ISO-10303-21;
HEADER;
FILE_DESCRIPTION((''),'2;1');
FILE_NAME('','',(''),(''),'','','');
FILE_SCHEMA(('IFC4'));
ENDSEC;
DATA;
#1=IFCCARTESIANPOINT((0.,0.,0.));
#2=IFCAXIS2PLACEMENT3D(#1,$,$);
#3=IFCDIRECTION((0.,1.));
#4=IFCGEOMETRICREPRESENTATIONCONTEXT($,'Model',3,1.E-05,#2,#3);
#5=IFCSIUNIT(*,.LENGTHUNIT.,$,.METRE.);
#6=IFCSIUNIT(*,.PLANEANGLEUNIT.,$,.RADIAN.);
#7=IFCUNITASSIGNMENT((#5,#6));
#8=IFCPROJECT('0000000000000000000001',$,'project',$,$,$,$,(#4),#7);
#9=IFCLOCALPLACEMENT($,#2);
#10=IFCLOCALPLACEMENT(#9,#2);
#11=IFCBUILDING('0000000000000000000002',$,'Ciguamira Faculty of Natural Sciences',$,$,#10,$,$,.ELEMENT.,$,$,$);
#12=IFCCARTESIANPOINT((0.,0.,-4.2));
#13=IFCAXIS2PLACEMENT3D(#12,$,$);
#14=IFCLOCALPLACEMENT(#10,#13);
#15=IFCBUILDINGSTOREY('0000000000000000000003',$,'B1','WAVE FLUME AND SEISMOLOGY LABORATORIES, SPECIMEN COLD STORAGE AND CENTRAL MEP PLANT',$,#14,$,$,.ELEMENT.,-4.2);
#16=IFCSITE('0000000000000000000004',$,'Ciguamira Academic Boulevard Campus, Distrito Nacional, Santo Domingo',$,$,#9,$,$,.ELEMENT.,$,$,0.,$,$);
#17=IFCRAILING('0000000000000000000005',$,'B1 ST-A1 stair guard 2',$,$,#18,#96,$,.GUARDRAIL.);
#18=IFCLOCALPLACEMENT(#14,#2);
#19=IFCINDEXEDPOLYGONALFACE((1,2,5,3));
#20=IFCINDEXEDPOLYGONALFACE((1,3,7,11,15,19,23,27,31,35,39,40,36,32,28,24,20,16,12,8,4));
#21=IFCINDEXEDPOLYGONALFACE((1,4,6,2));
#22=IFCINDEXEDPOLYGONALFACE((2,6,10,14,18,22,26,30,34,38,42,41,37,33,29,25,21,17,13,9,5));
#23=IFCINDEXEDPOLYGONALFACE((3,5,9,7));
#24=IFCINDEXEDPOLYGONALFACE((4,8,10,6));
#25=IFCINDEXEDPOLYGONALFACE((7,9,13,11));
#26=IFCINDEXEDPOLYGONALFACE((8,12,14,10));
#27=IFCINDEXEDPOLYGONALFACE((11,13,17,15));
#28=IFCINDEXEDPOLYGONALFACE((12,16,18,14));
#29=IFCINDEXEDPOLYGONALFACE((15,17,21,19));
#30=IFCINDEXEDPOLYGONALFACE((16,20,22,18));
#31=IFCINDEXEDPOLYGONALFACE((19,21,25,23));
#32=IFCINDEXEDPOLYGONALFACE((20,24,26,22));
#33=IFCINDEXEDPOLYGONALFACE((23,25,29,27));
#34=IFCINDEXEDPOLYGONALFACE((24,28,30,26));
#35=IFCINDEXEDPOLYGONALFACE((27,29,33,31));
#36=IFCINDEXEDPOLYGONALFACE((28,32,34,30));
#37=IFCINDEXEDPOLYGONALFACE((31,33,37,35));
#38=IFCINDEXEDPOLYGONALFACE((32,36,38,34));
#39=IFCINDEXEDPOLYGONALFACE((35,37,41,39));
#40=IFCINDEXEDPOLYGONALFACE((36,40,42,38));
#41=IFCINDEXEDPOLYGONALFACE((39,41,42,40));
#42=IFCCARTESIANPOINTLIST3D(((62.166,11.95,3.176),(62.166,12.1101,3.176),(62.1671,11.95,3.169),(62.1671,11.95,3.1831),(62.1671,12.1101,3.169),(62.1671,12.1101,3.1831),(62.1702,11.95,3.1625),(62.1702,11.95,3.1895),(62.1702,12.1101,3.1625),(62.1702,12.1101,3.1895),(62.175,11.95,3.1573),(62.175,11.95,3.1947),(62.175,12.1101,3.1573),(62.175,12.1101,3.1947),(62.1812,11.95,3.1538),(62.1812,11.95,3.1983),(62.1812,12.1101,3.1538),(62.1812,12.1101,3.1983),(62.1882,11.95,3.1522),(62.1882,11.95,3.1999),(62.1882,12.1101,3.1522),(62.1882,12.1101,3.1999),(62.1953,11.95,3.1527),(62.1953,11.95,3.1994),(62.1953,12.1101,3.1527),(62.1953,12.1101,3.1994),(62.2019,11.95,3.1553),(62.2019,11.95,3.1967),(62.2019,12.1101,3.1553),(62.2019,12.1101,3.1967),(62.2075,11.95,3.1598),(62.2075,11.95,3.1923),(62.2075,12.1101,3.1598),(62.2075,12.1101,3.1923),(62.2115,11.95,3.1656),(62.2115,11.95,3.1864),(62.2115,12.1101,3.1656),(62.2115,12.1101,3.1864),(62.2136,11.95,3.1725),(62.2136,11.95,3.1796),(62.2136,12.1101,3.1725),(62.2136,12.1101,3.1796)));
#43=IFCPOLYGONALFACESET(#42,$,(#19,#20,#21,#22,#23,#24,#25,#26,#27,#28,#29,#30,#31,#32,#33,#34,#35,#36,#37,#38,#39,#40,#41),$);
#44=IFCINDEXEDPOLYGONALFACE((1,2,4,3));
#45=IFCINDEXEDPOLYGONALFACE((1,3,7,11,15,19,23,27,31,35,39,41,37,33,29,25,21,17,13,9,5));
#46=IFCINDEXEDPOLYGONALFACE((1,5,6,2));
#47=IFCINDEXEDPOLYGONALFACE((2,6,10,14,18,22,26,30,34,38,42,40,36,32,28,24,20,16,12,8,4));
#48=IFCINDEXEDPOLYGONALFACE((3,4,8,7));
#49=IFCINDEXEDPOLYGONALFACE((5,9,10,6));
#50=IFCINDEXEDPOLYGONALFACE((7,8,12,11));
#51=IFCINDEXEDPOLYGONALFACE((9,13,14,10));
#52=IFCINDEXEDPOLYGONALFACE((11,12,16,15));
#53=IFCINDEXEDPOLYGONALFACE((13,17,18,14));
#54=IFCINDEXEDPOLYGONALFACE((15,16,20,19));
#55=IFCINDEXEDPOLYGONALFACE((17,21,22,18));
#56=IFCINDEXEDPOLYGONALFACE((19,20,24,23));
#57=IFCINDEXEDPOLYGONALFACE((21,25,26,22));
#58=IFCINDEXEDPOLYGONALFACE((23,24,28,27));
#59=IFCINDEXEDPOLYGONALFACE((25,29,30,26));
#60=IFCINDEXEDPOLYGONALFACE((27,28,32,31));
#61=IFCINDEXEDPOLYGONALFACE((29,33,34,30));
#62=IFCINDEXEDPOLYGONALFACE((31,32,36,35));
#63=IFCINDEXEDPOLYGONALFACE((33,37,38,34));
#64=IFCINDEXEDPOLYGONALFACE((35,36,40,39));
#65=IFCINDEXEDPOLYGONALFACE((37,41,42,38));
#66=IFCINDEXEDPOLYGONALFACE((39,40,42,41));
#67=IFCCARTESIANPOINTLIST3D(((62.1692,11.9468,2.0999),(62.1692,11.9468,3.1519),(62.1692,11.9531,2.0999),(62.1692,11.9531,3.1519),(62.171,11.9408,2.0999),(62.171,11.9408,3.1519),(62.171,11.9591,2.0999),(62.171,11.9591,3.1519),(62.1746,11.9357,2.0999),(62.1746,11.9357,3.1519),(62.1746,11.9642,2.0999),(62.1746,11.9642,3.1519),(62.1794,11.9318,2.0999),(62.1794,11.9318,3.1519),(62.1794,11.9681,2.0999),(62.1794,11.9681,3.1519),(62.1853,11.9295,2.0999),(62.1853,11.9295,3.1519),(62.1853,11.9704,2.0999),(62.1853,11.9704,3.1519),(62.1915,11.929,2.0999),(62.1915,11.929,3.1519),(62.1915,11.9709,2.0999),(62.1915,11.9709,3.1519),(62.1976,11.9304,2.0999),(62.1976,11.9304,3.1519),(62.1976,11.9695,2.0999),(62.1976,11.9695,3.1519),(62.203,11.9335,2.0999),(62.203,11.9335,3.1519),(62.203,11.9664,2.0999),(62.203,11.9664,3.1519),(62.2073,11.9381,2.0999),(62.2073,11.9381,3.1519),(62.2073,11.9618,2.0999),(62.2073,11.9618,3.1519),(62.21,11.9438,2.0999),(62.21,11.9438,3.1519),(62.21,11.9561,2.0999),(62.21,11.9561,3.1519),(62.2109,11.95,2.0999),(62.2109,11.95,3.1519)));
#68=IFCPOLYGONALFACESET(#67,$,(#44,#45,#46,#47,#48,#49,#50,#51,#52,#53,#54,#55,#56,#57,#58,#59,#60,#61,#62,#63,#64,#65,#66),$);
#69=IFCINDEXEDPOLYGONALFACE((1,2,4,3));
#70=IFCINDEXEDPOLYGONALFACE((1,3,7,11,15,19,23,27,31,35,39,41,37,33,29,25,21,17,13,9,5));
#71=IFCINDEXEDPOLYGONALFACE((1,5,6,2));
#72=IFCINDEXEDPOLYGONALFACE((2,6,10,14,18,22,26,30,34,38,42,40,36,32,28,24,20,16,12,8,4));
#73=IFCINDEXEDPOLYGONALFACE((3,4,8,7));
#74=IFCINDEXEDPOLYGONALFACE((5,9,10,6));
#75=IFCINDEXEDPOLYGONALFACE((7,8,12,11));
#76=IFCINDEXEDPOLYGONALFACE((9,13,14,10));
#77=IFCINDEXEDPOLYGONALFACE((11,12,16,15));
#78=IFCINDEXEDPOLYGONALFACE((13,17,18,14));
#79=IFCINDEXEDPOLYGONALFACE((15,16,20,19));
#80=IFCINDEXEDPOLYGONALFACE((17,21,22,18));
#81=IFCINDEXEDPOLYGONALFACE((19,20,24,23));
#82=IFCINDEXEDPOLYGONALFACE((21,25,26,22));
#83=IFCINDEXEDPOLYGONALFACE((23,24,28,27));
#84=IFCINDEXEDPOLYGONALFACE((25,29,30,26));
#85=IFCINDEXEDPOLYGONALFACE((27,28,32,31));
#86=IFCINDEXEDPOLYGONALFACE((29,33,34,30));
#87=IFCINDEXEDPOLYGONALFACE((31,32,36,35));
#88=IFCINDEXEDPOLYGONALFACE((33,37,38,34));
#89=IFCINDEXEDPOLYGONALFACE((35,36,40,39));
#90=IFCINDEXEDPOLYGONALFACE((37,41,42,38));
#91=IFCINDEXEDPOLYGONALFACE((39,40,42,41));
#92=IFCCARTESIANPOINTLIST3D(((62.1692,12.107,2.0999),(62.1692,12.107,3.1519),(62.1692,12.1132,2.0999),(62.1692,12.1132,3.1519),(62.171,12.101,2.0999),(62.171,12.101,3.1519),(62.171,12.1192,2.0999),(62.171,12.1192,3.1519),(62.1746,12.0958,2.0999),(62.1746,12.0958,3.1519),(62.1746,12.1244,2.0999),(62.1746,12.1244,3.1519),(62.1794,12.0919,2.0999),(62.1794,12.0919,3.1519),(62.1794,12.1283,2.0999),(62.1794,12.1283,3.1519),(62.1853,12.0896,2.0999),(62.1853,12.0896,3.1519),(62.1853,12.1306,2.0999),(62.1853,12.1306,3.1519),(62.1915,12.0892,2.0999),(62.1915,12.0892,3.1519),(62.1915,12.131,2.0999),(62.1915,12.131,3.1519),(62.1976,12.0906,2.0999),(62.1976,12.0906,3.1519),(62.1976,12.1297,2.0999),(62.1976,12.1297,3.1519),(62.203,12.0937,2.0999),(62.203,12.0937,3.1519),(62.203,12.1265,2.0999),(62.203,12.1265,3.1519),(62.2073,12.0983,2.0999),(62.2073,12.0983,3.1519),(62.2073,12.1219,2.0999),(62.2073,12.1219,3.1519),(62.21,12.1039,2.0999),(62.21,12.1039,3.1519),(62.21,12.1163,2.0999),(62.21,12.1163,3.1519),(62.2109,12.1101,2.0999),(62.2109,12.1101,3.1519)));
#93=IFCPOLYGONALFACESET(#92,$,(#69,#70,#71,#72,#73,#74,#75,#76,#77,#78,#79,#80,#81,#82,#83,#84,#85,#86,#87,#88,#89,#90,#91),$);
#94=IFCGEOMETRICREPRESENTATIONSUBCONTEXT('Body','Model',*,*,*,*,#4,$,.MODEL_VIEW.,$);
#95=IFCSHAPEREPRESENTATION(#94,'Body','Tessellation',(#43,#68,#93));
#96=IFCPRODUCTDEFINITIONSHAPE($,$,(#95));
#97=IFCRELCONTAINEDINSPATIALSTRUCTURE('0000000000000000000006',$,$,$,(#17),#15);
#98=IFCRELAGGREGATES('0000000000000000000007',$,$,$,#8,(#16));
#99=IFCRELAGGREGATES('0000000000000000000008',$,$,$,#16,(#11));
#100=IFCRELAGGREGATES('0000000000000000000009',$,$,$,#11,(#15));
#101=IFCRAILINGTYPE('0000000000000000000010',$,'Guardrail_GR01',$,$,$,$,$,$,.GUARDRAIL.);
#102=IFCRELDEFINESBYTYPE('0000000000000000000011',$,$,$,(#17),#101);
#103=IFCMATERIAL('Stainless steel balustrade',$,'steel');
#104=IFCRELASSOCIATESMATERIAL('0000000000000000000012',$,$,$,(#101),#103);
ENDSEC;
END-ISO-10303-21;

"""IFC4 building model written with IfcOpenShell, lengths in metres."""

from ifc_helpers import new_model, si_unit, direction, frame, origin, origin_2d, place, context, subcontext, project, spatial, circle, extrude, material, type_object, element, save


model = new_model("IFC4")

# Units and contexts
model_context = context("Model", 3, precision=1e-05, world=origin(), true_north=direction((0.0, 1.0)))
body_context = subcontext(model_context, "Body", "Model", "MODEL_VIEW")
ifc_project = project(units=[si_unit("LENGTHUNIT", "METRE"), si_unit("PLANEANGLEUNIT", "RADIAN")], contexts=[model_context])

# Site, building, storey
site_placement = place(None, origin())
site = spatial("IfcSite", under=ifc_project, at=site_placement, Name="Ciguamira Academic Boulevard Campus, Distrito Nacional, Santo Domingo", CompositionType="ELEMENT", RefElevation=0.0)
building_placement = place(site_placement, origin())
building = spatial("IfcBuilding", under=site, at=building_placement, Name="Ciguamira Faculty of Natural Sciences", CompositionType="ELEMENT")
storey_placement = place(building_placement, frame((0.0, 0.0, -4.2)))
storey = spatial("IfcBuildingStorey", under=building, at=storey_placement, Name="B1", Description="WAVE FLUME AND SEISMOLOGY LABORATORIES, SPECIMEN COLD STORAGE AND CENTRAL MEP PLANT", CompositionType="ELEMENT", Elevation=-4.2)

# Railing
ifc_material_1 = material(Name="Stainless steel balustrade", Category="steel")
railing_type_1 = type_object("IfcRailingType", Name="Guardrail_GR01", PredefinedType="GUARDRAIL", material=ifc_material_1)
railing_1_placement = place(storey_placement, frame((62.1899, 11.95, 2.0999)))
element("IfcRailing", 1, at=railing_1_placement, inside=storey, type_object=railing_type_1, Name="B1 ST-A1 stair guard 2", PredefinedType="GUARDRAIL", context=body_context, shape_type="SweptSolid", body=[
    extrude(circle(Radius=0.0239, at=origin_2d()), frame((0.0, 0.0, 1.0762), z_axis=(0.0, 1.0, 0.0), x_axis=(-1.0, 0.0, 0.0)), (0.0, 0.0, 1.0), 0.1602),
    extrude(circle(Radius=0.021, at=origin_2d()), origin(), (0.0, 0.0, 1.0), 1.052),
    extrude(circle(Radius=0.021, at=origin_2d()), frame((0.0, 0.1602, 0.0)), (0.0, 0.0, 1.0), 1.052),
])

save(model, "model.ifc")
